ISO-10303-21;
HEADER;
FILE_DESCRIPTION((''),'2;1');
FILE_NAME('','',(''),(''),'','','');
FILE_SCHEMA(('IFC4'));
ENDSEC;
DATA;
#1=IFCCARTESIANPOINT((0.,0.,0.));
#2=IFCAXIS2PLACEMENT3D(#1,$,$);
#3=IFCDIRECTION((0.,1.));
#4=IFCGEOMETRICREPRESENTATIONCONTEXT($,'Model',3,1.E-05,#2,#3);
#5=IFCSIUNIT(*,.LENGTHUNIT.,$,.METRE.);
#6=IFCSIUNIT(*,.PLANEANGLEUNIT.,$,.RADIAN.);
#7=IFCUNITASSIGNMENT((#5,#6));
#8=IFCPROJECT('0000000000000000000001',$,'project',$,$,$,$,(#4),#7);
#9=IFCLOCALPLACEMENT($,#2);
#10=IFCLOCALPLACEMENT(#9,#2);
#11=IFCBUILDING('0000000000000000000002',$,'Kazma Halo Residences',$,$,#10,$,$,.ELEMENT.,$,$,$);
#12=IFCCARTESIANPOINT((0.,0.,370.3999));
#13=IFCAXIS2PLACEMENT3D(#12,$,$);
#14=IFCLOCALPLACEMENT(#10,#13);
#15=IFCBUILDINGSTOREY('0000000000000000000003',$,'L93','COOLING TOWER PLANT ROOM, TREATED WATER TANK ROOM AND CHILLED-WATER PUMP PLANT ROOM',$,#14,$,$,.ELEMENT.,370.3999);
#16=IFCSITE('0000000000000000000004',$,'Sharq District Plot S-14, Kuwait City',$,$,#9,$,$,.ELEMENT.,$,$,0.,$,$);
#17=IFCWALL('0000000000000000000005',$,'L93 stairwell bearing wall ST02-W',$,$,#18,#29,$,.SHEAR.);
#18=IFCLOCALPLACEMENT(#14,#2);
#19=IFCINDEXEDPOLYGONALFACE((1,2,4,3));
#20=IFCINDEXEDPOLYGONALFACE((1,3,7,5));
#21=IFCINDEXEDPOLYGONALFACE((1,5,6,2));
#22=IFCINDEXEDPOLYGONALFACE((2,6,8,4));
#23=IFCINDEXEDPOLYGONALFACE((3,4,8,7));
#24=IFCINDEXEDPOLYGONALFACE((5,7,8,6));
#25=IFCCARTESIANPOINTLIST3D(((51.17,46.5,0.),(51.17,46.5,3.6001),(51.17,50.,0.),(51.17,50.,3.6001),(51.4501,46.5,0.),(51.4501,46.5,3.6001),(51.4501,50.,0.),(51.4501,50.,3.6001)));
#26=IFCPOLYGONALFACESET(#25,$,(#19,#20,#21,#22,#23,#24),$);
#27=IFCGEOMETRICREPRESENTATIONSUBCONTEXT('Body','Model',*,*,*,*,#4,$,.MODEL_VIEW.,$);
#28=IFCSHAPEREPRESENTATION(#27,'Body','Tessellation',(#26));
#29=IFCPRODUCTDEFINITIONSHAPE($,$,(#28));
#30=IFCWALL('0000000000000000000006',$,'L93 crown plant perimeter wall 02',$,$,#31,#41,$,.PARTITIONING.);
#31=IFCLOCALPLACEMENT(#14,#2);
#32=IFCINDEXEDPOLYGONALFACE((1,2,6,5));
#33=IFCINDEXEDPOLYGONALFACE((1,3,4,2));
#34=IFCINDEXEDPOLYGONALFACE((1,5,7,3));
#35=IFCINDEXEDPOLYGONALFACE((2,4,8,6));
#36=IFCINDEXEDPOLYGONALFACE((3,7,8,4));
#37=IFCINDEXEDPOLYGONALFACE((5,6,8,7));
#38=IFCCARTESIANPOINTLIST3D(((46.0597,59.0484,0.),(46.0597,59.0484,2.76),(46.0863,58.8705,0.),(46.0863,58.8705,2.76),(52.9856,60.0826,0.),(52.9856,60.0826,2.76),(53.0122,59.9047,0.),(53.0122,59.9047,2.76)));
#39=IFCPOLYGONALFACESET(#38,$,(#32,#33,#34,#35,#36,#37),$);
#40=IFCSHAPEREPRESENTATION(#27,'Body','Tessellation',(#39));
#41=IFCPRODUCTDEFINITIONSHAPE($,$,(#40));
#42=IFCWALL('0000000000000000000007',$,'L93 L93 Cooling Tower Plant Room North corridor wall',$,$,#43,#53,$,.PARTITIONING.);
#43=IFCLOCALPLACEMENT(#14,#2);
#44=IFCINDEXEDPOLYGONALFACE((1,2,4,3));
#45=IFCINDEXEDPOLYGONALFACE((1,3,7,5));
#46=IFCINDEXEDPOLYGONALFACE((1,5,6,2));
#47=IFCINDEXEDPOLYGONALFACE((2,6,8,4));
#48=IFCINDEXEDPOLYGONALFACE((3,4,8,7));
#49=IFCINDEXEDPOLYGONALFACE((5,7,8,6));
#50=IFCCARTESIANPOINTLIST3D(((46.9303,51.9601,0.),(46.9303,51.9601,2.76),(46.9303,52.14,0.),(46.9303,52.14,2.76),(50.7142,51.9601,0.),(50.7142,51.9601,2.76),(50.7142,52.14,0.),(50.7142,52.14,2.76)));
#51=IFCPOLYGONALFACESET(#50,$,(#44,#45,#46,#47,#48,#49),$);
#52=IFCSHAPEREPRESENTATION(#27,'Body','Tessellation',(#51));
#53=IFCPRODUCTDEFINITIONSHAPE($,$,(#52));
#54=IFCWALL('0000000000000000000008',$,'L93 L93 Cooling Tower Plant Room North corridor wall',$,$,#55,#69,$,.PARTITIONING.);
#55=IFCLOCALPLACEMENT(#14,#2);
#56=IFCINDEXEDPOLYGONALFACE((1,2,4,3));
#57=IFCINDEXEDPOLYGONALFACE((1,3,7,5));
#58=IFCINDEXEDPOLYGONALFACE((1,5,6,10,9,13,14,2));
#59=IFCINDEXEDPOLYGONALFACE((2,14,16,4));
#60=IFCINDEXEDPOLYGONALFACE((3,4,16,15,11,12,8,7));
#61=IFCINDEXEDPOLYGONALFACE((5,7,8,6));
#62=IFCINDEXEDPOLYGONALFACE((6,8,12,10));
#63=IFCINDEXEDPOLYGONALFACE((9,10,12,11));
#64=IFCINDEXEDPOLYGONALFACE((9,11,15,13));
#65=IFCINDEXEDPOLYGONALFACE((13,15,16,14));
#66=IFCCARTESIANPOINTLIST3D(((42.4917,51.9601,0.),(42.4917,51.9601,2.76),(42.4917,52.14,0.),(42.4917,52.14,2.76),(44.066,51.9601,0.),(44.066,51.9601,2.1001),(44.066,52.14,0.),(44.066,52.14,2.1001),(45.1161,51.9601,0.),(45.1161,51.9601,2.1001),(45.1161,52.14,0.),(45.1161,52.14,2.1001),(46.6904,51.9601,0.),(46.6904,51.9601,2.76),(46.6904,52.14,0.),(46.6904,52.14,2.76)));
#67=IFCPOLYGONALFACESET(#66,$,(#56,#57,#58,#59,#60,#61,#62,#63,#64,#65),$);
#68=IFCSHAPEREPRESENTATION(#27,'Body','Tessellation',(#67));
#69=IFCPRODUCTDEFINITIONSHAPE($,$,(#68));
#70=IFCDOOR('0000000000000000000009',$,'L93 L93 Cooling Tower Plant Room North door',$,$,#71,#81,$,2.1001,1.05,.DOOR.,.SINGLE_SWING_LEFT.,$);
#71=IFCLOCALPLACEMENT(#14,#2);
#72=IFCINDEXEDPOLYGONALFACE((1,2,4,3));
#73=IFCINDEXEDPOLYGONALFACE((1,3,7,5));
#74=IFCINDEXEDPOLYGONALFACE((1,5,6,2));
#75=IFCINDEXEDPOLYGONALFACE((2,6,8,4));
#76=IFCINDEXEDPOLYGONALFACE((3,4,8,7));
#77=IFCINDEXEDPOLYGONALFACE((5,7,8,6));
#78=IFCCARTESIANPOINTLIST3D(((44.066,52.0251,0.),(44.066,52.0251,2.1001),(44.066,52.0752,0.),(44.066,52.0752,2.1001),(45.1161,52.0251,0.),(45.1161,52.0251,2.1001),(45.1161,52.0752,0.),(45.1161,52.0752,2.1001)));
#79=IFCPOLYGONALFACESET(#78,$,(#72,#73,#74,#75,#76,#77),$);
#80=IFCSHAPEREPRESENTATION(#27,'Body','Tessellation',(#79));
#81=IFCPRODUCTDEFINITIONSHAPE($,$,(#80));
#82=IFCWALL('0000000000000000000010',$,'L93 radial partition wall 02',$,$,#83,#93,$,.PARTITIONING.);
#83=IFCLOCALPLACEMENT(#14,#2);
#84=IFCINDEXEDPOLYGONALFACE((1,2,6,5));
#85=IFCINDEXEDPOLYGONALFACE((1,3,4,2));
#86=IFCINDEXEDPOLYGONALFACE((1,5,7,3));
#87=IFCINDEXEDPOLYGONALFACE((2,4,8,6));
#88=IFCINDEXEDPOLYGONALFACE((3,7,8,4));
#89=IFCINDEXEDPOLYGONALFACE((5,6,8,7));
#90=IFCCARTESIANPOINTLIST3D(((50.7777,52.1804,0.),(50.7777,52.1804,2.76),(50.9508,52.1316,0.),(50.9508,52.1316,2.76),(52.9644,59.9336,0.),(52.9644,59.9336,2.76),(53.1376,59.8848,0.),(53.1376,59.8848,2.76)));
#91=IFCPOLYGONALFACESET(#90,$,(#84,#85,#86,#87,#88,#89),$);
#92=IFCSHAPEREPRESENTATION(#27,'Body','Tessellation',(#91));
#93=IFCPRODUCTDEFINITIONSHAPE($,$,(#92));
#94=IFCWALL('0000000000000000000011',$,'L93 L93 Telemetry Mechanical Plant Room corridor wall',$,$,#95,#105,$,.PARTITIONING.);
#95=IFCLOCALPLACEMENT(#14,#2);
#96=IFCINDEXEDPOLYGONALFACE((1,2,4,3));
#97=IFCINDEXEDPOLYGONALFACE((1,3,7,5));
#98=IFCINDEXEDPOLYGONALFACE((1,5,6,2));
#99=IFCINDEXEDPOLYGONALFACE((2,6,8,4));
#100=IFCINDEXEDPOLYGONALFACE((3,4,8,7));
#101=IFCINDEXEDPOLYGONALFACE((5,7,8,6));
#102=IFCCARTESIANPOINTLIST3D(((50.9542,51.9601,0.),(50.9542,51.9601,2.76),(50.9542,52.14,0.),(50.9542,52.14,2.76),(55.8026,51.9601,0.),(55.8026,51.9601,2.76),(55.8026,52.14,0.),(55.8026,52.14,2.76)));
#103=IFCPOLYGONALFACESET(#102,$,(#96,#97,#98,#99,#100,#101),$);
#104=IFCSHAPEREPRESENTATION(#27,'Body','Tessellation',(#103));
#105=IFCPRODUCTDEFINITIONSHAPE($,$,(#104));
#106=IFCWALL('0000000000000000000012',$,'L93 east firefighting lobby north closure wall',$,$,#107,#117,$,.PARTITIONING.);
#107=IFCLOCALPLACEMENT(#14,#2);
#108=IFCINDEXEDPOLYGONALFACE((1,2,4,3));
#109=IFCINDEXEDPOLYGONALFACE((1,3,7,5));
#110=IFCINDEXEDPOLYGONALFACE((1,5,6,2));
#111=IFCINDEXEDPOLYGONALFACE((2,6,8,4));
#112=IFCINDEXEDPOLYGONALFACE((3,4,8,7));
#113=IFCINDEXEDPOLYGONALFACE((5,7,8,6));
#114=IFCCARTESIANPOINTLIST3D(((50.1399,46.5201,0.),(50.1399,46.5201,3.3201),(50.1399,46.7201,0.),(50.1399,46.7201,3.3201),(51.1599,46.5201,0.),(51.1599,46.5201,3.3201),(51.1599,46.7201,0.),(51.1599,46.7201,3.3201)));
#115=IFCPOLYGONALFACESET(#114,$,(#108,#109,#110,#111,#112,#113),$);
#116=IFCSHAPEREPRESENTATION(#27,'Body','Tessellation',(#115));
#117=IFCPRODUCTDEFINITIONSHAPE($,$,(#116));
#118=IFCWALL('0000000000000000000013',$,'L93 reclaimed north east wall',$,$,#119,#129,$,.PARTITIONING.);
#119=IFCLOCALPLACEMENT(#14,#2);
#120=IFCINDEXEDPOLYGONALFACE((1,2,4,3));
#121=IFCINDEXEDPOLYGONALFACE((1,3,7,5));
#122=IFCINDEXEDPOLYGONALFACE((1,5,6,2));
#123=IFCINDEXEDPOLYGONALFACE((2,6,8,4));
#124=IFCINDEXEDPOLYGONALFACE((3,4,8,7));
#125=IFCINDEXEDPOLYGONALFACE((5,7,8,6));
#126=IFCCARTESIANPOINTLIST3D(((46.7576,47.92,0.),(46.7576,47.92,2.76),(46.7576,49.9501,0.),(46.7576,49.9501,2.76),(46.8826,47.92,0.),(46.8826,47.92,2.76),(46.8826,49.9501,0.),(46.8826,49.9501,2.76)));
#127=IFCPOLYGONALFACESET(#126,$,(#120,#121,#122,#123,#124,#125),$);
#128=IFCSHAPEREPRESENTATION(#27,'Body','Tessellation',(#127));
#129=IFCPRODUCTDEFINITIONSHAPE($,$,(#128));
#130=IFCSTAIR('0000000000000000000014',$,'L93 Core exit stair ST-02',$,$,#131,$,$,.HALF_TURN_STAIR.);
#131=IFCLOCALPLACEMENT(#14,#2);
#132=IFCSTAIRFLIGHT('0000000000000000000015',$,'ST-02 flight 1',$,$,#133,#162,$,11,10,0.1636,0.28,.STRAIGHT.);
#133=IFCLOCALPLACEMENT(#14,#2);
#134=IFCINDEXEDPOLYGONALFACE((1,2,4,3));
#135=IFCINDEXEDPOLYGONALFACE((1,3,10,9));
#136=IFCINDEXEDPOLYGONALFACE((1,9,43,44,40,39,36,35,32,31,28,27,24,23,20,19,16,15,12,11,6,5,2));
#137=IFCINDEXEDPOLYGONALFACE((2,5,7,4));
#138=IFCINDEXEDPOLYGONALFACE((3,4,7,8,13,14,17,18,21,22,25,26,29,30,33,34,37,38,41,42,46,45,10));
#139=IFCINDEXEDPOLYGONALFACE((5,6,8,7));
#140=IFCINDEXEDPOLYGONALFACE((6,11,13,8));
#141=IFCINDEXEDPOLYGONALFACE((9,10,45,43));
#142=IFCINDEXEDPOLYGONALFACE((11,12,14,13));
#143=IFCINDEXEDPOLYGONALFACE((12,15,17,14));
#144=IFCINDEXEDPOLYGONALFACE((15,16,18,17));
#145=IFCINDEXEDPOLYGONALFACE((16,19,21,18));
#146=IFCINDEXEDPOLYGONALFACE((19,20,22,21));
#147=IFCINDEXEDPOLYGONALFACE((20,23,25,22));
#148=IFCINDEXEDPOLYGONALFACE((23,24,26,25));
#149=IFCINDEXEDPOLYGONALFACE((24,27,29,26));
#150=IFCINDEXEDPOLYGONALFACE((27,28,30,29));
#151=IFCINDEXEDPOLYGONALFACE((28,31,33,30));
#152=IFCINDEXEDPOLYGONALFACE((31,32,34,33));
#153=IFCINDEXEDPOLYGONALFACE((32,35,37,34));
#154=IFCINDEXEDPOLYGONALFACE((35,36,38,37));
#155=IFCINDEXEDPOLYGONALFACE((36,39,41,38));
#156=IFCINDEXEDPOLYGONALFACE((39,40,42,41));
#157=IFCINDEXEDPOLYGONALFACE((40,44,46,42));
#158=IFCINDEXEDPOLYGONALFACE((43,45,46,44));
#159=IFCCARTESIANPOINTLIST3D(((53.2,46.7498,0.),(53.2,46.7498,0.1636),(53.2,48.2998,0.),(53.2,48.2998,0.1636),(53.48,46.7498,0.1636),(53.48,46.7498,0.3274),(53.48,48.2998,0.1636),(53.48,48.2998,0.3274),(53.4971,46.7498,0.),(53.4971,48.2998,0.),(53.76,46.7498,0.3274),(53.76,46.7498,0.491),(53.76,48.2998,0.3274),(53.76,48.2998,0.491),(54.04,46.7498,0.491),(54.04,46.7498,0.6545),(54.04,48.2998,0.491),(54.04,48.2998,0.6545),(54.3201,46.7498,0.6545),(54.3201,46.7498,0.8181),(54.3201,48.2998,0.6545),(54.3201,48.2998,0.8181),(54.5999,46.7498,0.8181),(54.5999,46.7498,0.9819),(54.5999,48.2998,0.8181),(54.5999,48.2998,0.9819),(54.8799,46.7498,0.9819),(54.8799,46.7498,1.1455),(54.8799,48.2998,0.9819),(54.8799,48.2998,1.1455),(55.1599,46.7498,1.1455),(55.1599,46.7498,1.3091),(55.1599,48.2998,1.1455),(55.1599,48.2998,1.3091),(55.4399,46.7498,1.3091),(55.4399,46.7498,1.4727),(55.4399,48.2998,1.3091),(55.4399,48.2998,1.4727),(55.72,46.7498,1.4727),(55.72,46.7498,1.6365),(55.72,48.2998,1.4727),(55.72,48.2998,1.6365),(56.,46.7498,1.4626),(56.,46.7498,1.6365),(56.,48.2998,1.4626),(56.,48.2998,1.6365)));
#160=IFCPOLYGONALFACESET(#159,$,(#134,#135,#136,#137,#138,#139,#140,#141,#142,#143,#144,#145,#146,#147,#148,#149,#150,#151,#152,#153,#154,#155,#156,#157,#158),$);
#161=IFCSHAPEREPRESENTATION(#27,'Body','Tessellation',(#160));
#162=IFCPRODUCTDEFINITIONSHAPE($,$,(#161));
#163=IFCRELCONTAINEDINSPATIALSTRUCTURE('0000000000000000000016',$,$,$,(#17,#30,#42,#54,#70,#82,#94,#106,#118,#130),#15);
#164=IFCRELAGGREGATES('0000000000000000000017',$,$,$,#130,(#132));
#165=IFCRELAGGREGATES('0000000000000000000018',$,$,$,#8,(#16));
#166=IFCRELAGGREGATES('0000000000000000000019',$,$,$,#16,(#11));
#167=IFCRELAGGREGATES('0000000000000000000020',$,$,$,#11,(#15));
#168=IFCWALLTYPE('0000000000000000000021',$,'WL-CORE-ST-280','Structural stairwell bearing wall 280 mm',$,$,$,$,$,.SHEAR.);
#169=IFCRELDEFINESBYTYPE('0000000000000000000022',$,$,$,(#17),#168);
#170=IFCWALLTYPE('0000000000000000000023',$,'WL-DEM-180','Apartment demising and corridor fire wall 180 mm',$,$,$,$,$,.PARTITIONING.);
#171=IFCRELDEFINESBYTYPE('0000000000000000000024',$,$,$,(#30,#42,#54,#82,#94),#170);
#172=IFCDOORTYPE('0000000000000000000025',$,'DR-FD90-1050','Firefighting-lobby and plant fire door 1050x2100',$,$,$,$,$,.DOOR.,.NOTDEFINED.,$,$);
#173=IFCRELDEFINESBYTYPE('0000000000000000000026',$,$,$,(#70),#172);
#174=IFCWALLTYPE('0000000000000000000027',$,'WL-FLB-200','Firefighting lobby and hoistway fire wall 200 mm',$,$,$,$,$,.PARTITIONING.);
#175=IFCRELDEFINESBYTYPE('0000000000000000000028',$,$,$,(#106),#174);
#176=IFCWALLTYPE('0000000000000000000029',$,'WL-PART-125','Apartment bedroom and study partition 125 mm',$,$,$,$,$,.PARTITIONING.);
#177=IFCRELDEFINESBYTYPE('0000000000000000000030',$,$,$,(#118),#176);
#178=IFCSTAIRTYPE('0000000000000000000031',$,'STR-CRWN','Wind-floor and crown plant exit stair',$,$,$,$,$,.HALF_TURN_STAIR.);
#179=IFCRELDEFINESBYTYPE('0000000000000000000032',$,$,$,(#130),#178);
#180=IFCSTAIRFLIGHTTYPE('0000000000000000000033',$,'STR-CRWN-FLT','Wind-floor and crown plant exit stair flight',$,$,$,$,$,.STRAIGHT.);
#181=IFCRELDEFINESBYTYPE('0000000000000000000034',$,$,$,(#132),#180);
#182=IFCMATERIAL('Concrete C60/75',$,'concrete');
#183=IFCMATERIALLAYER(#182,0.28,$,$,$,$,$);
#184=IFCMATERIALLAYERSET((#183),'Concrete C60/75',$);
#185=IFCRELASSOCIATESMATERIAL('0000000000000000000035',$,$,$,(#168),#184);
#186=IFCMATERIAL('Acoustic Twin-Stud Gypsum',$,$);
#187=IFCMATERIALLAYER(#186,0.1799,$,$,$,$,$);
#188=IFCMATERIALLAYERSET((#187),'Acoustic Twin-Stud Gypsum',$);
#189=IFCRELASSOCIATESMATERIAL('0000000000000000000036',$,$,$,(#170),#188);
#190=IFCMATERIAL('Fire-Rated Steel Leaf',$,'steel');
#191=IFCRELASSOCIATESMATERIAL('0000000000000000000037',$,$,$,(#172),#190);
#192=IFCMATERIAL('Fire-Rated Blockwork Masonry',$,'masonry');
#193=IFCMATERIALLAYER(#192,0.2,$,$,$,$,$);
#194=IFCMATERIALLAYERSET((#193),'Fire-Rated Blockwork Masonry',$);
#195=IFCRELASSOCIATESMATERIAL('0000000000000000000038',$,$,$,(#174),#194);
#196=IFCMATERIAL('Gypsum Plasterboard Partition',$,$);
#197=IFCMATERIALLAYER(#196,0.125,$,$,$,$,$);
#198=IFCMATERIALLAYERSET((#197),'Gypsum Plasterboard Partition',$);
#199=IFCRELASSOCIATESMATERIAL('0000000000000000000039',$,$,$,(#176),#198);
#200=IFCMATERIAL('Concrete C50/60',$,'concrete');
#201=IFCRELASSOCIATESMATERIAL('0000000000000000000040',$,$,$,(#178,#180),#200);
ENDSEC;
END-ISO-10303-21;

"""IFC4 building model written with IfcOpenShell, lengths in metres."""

from ifc_helpers import new_model, si_unit, direction, frame, frame_2d, origin, place, context, subcontext, project, spatial, polyline, rectangle, outline, extrude, material, layer, layer_set, type_object, element, fill, aggregate, save


model = new_model("IFC4")

# Units and contexts
model_context = context("Model", 3, precision=1e-05, world=origin(), true_north=direction((0.0, 1.0)))
body_context = subcontext(model_context, "Body", "Model", "MODEL_VIEW")
ifc_project = project(units=[si_unit("LENGTHUNIT", "METRE"), si_unit("PLANEANGLEUNIT", "RADIAN")], contexts=[model_context])

# Site, building, storey
site_placement = place(None, origin())
site = spatial("IfcSite", under=ifc_project, at=site_placement, Name="Sharq District Plot S-14, Kuwait City", CompositionType="ELEMENT", RefElevation=0.0)
building_placement = place(site_placement, origin())
building = spatial("IfcBuilding", under=site, at=building_placement, Name="Kazma Halo Residences", CompositionType="ELEMENT")
storey_placement = place(building_placement, frame((0.0, 0.0, 370.3999)))
storey = spatial("IfcBuildingStorey", under=building, at=storey_placement, Name="L93", Description="COOLING TOWER PLANT ROOM, TREATED WATER TANK ROOM AND CHILLED-WATER PUMP PLANT ROOM", CompositionType="ELEMENT", Elevation=370.3999)

# Walls
ifc_material_1 = material(Name="Concrete C60/75", Category="concrete")
ifc_layer_1 = layer(ifc_material_1, 0.28)
ifc_layer_set_1 = layer_set([ifc_layer_1], Name="Concrete C60/75")
wall_type_1 = type_object("IfcWallType", Name="WL-CORE-ST-280", Description="Structural stairwell bearing wall 280 mm", PredefinedType="SHEAR", material=ifc_layer_set_1)
wall_1_placement = place(storey_placement, frame((51.3101, 46.5, 0.0), z_axis=(0.0, 0.0, 1.0), x_axis=(0.0, 1.0, 0.0)))
element("IfcWall", 1, at=wall_1_placement, inside=storey, type_object=wall_type_1, Name="L93 stairwell bearing wall ST02-W", PredefinedType="SHEAR", context=body_context, shape_type="SweptSolid", body=[
    extrude(rectangle(XDim=3.5, YDim=0.28, at=frame_2d((1.75, 0.0))), origin(), (0.0, 0.0, 1.0), 3.6001),
])
ifc_material_2 = material(Name="Acoustic Twin-Stud Gypsum")
ifc_layer_2 = layer(ifc_material_2, 0.1799)
ifc_layer_set_2 = layer_set([ifc_layer_2], Name="Acoustic Twin-Stud Gypsum")
wall_type_2 = type_object("IfcWallType", Name="WL-DEM-180", Description="Apartment demising and corridor fire wall 180 mm", PredefinedType="PARTITIONING", material=ifc_layer_set_2)
wall_2_placement = place(storey_placement, frame((52.999, 59.9937, 0.0), z_axis=(0.0, 0.0, 1.0), x_axis=(-0.989034, -0.147686, 0.0)))
element("IfcWall", 2, at=wall_2_placement, inside=storey, type_object=wall_type_2, Name="L93 crown plant perimeter wall 02", PredefinedType="PARTITIONING", context=body_context, shape_type="SweptSolid", body=[
    extrude(rectangle(XDim=7.0027, YDim=0.1799, at=frame_2d((3.5015, 0.0))), origin(), (0.0, 0.0, 1.0), 2.76),
])
wall_3_placement = place(storey_placement, frame((50.7144, 52.05, 0.0), z_axis=(0.0, 0.0, 1.0), x_axis=(-1.0, 0.0, 0.0)))
element("IfcWall", 3, at=wall_3_placement, inside=storey, type_object=wall_type_2, Name="L93 L93 Cooling Tower Plant Room North corridor wall", PredefinedType="PARTITIONING", context=body_context, shape_type="SweptSolid", body=[
    extrude(rectangle(XDim=3.7839, YDim=0.1799, at=frame_2d((1.8921, 0.0))), origin(), (0.0, 0.0, 1.0), 2.76),
])

# Wall, opening, door
wall_4_placement = place(storey_placement, frame((46.6904, 52.05, 0.0), z_axis=(0.0, 0.0, 1.0), x_axis=(-1.0, 0.0, 0.0)))
wall_4 = element("IfcWall", 4, at=wall_4_placement, inside=storey, type_object=wall_type_2, Name="L93 L93 Cooling Tower Plant Room North corridor wall", PredefinedType="PARTITIONING", context=body_context, shape_type="SweptSolid", body=[
    extrude(rectangle(XDim=4.1987, YDim=0.1799, at=frame_2d((2.0994, 0.0))), origin(), (0.0, 0.0, 1.0), 2.76),
])
opening_1_placement = place(wall_4_placement, frame((1.5745, 0.0, 0.0)))
opening_1 = element("IfcOpeningElement", 5, at=opening_1_placement, cuts=wall_4, PredefinedType="OPENING", context=body_context, shape_type="SweptSolid", body=[
    extrude(rectangle(XDim=1.05, YDim=2.1001, at=frame_2d((0.5249, 1.05))), frame((0.0, 0.0999, 0.0), z_axis=(0.0, -1.0, 0.0), x_axis=(1.0, 0.0, 0.0)), (0.0, 0.0, 1.0), 0.2),
])
ifc_material_3 = material(Name="Fire-Rated Steel Leaf", Category="steel")
door_type_1 = type_object("IfcDoorType", Name="DR-FD90-1050", Description="Firefighting-lobby and plant fire door 1050x2100", OperationType="NOTDEFINED", PredefinedType="DOOR", material=ifc_material_3)
door_1_placement = place(opening_1_placement, origin())
door_1 = element("IfcDoor", 6, at=door_1_placement, inside=storey, type_object=door_type_1, Name="L93 L93 Cooling Tower Plant Room North door", OperationType="SINGLE_SWING_LEFT", OverallHeight=2.1001, OverallWidth=1.05, PredefinedType="DOOR", context=body_context, shape_type="SweptSolid", body=[
    extrude(rectangle(XDim=1.05, YDim=2.1001, at=frame_2d((0.5249, 1.05))), frame((0.0, 0.0249, 0.0), z_axis=(0.0, -1.0, 0.0), x_axis=(1.0, 0.0, 0.0)), (0.0, 0.0, 1.0), 0.05),
])
fill(opening_1, door_1)

# Walls
wall_5_placement = place(storey_placement, frame((50.8643, 52.156, 0.0), z_axis=(0.0, 0.0, 1.0), x_axis=(0.271457, 0.96245, 0.0)))
element("IfcWall", 7, at=wall_5_placement, inside=storey, type_object=wall_type_2, Name="L93 radial partition wall 02", PredefinedType="PARTITIONING", context=body_context, shape_type="SweptSolid", body=[
    extrude(rectangle(XDim=8.0557, YDim=0.1799, at=frame_2d((4.0278, 0.0))), origin(), (0.0, 0.0, 1.0), 2.76),
])
wall_6_placement = place(storey_placement, frame((55.8027, 52.05, 0.0), z_axis=(0.0, 0.0, 1.0), x_axis=(-1.0, 0.0, 0.0)))
element("IfcWall", 8, at=wall_6_placement, inside=storey, type_object=wall_type_2, Name="L93 L93 Telemetry Mechanical Plant Room corridor wall", PredefinedType="PARTITIONING", context=body_context, shape_type="SweptSolid", body=[
    extrude(rectangle(XDim=4.8484, YDim=0.1799, at=frame_2d((2.4243, 0.0))), origin(), (0.0, 0.0, 1.0), 2.76),
])
ifc_material_4 = material(Name="Fire-Rated Blockwork Masonry", Category="masonry")
ifc_layer_3 = layer(ifc_material_4, 0.2)
ifc_layer_set_3 = layer_set([ifc_layer_3], Name="Fire-Rated Blockwork Masonry")
wall_type_3 = type_object("IfcWallType", Name="WL-FLB-200", Description="Firefighting lobby and hoistway fire wall 200 mm", PredefinedType="PARTITIONING", material=ifc_layer_set_3)
wall_7_placement = place(storey_placement, frame((50.1399, 46.6201, 0.0), z_axis=(0.0, 0.0, 1.0), x_axis=(1.0, 0.0, 0.0)))
element("IfcWall", 9, at=wall_7_placement, inside=storey, type_object=wall_type_3, Name="L93 east firefighting lobby north closure wall", PredefinedType="PARTITIONING", context=body_context, shape_type="SweptSolid", body=[
    extrude(rectangle(XDim=1.02, YDim=0.2, at=frame_2d((0.51, 0.0))), origin(), (0.0, 0.0, 1.0), 3.3201),
])
ifc_material_5 = material(Name="Gypsum Plasterboard Partition")
ifc_layer_4 = layer(ifc_material_5, 0.125)
ifc_layer_set_4 = layer_set([ifc_layer_4], Name="Gypsum Plasterboard Partition")
wall_type_4 = type_object("IfcWallType", Name="WL-PART-125", Description="Apartment bedroom and study partition 125 mm", PredefinedType="PARTITIONING", material=ifc_layer_set_4)
wall_8_placement = place(storey_placement, frame((46.8201, 47.9199, 0.0), z_axis=(0.0, 0.0, 1.0), x_axis=(0.0, 1.0, 0.0)))
element("IfcWall", 10, at=wall_8_placement, inside=storey, type_object=wall_type_4, Name="L93 reclaimed north east wall", PredefinedType="PARTITIONING", context=body_context, shape_type="SweptSolid", body=[
    extrude(rectangle(XDim=2.03, YDim=0.125, at=frame_2d((1.0151, 0.0))), origin(), (0.0, 0.0, 1.0), 2.76),
])

# Shared definitions
ifc_material_6 = material(Name="Concrete C50/60", Category="concrete")

# Stair, stair flight
stair_type = type_object("IfcStairType", Name="STR-CRWN", Description="Wind-floor and crown plant exit stair", PredefinedType="HALF_TURN_STAIR", material=ifc_material_6)
stair_placement = place(storey_placement, origin())
stair = element("IfcStair", 11, at=stair_placement, inside=storey, type_object=stair_type, Name="L93 Core exit stair ST-02", PredefinedType="HALF_TURN_STAIR")
stair_flight_type = type_object("IfcStairFlightType", Name="STR-CRWN-FLT", Description="Wind-floor and crown plant exit stair flight", PredefinedType="STRAIGHT", material=ifc_material_6)
stair_flight_placement = place(storey_placement, frame((53.2, 47.5249, 0.0), z_axis=(0.0, 0.0, 1.0), x_axis=(1.0, 0.0, 0.0)))
stair_flight = element("IfcStairFlight", 12, at=stair_flight_placement, type_object=stair_flight_type, Name="ST-02 flight 1", NumberOfRisers=11, NumberOfTreads=10, PredefinedType="STRAIGHT", RiserHeight=0.1636, TreadLength=0.28, context=body_context, shape_type="SweptSolid", body=[
    extrude(outline(polyline([(0.0, 0.0), (0.0, 0.1636), (0.28, 0.1636), (0.28, 0.3274), (0.5601, 0.3274), (0.5601, 0.491), (0.8401, 0.491), (0.8401, 0.6545), (1.1201, 0.6545), (1.1201, 0.8181), (1.3999, 0.8181), (1.3999, 0.9819), (1.6799, 0.9819), (1.6799, 1.1455), (1.96, 1.1455), (1.96, 1.3091), (2.24, 1.3091), (2.24, 1.4727), (2.52, 1.4727), (2.52, 1.6365), (2.8, 1.6365), (2.8, 1.8), (2.8, 1.4626), (0.2971, 0.0), (0.0, 0.0)])), frame((0.0, 0.7749, 0.0), z_axis=(0.0, -1.0, 0.0), x_axis=(1.0, 0.0, 0.0)), (0.0, 0.0, 1.0), 1.55),
])
aggregate(stair, [stair_flight])

save(model, "model.ifc")
